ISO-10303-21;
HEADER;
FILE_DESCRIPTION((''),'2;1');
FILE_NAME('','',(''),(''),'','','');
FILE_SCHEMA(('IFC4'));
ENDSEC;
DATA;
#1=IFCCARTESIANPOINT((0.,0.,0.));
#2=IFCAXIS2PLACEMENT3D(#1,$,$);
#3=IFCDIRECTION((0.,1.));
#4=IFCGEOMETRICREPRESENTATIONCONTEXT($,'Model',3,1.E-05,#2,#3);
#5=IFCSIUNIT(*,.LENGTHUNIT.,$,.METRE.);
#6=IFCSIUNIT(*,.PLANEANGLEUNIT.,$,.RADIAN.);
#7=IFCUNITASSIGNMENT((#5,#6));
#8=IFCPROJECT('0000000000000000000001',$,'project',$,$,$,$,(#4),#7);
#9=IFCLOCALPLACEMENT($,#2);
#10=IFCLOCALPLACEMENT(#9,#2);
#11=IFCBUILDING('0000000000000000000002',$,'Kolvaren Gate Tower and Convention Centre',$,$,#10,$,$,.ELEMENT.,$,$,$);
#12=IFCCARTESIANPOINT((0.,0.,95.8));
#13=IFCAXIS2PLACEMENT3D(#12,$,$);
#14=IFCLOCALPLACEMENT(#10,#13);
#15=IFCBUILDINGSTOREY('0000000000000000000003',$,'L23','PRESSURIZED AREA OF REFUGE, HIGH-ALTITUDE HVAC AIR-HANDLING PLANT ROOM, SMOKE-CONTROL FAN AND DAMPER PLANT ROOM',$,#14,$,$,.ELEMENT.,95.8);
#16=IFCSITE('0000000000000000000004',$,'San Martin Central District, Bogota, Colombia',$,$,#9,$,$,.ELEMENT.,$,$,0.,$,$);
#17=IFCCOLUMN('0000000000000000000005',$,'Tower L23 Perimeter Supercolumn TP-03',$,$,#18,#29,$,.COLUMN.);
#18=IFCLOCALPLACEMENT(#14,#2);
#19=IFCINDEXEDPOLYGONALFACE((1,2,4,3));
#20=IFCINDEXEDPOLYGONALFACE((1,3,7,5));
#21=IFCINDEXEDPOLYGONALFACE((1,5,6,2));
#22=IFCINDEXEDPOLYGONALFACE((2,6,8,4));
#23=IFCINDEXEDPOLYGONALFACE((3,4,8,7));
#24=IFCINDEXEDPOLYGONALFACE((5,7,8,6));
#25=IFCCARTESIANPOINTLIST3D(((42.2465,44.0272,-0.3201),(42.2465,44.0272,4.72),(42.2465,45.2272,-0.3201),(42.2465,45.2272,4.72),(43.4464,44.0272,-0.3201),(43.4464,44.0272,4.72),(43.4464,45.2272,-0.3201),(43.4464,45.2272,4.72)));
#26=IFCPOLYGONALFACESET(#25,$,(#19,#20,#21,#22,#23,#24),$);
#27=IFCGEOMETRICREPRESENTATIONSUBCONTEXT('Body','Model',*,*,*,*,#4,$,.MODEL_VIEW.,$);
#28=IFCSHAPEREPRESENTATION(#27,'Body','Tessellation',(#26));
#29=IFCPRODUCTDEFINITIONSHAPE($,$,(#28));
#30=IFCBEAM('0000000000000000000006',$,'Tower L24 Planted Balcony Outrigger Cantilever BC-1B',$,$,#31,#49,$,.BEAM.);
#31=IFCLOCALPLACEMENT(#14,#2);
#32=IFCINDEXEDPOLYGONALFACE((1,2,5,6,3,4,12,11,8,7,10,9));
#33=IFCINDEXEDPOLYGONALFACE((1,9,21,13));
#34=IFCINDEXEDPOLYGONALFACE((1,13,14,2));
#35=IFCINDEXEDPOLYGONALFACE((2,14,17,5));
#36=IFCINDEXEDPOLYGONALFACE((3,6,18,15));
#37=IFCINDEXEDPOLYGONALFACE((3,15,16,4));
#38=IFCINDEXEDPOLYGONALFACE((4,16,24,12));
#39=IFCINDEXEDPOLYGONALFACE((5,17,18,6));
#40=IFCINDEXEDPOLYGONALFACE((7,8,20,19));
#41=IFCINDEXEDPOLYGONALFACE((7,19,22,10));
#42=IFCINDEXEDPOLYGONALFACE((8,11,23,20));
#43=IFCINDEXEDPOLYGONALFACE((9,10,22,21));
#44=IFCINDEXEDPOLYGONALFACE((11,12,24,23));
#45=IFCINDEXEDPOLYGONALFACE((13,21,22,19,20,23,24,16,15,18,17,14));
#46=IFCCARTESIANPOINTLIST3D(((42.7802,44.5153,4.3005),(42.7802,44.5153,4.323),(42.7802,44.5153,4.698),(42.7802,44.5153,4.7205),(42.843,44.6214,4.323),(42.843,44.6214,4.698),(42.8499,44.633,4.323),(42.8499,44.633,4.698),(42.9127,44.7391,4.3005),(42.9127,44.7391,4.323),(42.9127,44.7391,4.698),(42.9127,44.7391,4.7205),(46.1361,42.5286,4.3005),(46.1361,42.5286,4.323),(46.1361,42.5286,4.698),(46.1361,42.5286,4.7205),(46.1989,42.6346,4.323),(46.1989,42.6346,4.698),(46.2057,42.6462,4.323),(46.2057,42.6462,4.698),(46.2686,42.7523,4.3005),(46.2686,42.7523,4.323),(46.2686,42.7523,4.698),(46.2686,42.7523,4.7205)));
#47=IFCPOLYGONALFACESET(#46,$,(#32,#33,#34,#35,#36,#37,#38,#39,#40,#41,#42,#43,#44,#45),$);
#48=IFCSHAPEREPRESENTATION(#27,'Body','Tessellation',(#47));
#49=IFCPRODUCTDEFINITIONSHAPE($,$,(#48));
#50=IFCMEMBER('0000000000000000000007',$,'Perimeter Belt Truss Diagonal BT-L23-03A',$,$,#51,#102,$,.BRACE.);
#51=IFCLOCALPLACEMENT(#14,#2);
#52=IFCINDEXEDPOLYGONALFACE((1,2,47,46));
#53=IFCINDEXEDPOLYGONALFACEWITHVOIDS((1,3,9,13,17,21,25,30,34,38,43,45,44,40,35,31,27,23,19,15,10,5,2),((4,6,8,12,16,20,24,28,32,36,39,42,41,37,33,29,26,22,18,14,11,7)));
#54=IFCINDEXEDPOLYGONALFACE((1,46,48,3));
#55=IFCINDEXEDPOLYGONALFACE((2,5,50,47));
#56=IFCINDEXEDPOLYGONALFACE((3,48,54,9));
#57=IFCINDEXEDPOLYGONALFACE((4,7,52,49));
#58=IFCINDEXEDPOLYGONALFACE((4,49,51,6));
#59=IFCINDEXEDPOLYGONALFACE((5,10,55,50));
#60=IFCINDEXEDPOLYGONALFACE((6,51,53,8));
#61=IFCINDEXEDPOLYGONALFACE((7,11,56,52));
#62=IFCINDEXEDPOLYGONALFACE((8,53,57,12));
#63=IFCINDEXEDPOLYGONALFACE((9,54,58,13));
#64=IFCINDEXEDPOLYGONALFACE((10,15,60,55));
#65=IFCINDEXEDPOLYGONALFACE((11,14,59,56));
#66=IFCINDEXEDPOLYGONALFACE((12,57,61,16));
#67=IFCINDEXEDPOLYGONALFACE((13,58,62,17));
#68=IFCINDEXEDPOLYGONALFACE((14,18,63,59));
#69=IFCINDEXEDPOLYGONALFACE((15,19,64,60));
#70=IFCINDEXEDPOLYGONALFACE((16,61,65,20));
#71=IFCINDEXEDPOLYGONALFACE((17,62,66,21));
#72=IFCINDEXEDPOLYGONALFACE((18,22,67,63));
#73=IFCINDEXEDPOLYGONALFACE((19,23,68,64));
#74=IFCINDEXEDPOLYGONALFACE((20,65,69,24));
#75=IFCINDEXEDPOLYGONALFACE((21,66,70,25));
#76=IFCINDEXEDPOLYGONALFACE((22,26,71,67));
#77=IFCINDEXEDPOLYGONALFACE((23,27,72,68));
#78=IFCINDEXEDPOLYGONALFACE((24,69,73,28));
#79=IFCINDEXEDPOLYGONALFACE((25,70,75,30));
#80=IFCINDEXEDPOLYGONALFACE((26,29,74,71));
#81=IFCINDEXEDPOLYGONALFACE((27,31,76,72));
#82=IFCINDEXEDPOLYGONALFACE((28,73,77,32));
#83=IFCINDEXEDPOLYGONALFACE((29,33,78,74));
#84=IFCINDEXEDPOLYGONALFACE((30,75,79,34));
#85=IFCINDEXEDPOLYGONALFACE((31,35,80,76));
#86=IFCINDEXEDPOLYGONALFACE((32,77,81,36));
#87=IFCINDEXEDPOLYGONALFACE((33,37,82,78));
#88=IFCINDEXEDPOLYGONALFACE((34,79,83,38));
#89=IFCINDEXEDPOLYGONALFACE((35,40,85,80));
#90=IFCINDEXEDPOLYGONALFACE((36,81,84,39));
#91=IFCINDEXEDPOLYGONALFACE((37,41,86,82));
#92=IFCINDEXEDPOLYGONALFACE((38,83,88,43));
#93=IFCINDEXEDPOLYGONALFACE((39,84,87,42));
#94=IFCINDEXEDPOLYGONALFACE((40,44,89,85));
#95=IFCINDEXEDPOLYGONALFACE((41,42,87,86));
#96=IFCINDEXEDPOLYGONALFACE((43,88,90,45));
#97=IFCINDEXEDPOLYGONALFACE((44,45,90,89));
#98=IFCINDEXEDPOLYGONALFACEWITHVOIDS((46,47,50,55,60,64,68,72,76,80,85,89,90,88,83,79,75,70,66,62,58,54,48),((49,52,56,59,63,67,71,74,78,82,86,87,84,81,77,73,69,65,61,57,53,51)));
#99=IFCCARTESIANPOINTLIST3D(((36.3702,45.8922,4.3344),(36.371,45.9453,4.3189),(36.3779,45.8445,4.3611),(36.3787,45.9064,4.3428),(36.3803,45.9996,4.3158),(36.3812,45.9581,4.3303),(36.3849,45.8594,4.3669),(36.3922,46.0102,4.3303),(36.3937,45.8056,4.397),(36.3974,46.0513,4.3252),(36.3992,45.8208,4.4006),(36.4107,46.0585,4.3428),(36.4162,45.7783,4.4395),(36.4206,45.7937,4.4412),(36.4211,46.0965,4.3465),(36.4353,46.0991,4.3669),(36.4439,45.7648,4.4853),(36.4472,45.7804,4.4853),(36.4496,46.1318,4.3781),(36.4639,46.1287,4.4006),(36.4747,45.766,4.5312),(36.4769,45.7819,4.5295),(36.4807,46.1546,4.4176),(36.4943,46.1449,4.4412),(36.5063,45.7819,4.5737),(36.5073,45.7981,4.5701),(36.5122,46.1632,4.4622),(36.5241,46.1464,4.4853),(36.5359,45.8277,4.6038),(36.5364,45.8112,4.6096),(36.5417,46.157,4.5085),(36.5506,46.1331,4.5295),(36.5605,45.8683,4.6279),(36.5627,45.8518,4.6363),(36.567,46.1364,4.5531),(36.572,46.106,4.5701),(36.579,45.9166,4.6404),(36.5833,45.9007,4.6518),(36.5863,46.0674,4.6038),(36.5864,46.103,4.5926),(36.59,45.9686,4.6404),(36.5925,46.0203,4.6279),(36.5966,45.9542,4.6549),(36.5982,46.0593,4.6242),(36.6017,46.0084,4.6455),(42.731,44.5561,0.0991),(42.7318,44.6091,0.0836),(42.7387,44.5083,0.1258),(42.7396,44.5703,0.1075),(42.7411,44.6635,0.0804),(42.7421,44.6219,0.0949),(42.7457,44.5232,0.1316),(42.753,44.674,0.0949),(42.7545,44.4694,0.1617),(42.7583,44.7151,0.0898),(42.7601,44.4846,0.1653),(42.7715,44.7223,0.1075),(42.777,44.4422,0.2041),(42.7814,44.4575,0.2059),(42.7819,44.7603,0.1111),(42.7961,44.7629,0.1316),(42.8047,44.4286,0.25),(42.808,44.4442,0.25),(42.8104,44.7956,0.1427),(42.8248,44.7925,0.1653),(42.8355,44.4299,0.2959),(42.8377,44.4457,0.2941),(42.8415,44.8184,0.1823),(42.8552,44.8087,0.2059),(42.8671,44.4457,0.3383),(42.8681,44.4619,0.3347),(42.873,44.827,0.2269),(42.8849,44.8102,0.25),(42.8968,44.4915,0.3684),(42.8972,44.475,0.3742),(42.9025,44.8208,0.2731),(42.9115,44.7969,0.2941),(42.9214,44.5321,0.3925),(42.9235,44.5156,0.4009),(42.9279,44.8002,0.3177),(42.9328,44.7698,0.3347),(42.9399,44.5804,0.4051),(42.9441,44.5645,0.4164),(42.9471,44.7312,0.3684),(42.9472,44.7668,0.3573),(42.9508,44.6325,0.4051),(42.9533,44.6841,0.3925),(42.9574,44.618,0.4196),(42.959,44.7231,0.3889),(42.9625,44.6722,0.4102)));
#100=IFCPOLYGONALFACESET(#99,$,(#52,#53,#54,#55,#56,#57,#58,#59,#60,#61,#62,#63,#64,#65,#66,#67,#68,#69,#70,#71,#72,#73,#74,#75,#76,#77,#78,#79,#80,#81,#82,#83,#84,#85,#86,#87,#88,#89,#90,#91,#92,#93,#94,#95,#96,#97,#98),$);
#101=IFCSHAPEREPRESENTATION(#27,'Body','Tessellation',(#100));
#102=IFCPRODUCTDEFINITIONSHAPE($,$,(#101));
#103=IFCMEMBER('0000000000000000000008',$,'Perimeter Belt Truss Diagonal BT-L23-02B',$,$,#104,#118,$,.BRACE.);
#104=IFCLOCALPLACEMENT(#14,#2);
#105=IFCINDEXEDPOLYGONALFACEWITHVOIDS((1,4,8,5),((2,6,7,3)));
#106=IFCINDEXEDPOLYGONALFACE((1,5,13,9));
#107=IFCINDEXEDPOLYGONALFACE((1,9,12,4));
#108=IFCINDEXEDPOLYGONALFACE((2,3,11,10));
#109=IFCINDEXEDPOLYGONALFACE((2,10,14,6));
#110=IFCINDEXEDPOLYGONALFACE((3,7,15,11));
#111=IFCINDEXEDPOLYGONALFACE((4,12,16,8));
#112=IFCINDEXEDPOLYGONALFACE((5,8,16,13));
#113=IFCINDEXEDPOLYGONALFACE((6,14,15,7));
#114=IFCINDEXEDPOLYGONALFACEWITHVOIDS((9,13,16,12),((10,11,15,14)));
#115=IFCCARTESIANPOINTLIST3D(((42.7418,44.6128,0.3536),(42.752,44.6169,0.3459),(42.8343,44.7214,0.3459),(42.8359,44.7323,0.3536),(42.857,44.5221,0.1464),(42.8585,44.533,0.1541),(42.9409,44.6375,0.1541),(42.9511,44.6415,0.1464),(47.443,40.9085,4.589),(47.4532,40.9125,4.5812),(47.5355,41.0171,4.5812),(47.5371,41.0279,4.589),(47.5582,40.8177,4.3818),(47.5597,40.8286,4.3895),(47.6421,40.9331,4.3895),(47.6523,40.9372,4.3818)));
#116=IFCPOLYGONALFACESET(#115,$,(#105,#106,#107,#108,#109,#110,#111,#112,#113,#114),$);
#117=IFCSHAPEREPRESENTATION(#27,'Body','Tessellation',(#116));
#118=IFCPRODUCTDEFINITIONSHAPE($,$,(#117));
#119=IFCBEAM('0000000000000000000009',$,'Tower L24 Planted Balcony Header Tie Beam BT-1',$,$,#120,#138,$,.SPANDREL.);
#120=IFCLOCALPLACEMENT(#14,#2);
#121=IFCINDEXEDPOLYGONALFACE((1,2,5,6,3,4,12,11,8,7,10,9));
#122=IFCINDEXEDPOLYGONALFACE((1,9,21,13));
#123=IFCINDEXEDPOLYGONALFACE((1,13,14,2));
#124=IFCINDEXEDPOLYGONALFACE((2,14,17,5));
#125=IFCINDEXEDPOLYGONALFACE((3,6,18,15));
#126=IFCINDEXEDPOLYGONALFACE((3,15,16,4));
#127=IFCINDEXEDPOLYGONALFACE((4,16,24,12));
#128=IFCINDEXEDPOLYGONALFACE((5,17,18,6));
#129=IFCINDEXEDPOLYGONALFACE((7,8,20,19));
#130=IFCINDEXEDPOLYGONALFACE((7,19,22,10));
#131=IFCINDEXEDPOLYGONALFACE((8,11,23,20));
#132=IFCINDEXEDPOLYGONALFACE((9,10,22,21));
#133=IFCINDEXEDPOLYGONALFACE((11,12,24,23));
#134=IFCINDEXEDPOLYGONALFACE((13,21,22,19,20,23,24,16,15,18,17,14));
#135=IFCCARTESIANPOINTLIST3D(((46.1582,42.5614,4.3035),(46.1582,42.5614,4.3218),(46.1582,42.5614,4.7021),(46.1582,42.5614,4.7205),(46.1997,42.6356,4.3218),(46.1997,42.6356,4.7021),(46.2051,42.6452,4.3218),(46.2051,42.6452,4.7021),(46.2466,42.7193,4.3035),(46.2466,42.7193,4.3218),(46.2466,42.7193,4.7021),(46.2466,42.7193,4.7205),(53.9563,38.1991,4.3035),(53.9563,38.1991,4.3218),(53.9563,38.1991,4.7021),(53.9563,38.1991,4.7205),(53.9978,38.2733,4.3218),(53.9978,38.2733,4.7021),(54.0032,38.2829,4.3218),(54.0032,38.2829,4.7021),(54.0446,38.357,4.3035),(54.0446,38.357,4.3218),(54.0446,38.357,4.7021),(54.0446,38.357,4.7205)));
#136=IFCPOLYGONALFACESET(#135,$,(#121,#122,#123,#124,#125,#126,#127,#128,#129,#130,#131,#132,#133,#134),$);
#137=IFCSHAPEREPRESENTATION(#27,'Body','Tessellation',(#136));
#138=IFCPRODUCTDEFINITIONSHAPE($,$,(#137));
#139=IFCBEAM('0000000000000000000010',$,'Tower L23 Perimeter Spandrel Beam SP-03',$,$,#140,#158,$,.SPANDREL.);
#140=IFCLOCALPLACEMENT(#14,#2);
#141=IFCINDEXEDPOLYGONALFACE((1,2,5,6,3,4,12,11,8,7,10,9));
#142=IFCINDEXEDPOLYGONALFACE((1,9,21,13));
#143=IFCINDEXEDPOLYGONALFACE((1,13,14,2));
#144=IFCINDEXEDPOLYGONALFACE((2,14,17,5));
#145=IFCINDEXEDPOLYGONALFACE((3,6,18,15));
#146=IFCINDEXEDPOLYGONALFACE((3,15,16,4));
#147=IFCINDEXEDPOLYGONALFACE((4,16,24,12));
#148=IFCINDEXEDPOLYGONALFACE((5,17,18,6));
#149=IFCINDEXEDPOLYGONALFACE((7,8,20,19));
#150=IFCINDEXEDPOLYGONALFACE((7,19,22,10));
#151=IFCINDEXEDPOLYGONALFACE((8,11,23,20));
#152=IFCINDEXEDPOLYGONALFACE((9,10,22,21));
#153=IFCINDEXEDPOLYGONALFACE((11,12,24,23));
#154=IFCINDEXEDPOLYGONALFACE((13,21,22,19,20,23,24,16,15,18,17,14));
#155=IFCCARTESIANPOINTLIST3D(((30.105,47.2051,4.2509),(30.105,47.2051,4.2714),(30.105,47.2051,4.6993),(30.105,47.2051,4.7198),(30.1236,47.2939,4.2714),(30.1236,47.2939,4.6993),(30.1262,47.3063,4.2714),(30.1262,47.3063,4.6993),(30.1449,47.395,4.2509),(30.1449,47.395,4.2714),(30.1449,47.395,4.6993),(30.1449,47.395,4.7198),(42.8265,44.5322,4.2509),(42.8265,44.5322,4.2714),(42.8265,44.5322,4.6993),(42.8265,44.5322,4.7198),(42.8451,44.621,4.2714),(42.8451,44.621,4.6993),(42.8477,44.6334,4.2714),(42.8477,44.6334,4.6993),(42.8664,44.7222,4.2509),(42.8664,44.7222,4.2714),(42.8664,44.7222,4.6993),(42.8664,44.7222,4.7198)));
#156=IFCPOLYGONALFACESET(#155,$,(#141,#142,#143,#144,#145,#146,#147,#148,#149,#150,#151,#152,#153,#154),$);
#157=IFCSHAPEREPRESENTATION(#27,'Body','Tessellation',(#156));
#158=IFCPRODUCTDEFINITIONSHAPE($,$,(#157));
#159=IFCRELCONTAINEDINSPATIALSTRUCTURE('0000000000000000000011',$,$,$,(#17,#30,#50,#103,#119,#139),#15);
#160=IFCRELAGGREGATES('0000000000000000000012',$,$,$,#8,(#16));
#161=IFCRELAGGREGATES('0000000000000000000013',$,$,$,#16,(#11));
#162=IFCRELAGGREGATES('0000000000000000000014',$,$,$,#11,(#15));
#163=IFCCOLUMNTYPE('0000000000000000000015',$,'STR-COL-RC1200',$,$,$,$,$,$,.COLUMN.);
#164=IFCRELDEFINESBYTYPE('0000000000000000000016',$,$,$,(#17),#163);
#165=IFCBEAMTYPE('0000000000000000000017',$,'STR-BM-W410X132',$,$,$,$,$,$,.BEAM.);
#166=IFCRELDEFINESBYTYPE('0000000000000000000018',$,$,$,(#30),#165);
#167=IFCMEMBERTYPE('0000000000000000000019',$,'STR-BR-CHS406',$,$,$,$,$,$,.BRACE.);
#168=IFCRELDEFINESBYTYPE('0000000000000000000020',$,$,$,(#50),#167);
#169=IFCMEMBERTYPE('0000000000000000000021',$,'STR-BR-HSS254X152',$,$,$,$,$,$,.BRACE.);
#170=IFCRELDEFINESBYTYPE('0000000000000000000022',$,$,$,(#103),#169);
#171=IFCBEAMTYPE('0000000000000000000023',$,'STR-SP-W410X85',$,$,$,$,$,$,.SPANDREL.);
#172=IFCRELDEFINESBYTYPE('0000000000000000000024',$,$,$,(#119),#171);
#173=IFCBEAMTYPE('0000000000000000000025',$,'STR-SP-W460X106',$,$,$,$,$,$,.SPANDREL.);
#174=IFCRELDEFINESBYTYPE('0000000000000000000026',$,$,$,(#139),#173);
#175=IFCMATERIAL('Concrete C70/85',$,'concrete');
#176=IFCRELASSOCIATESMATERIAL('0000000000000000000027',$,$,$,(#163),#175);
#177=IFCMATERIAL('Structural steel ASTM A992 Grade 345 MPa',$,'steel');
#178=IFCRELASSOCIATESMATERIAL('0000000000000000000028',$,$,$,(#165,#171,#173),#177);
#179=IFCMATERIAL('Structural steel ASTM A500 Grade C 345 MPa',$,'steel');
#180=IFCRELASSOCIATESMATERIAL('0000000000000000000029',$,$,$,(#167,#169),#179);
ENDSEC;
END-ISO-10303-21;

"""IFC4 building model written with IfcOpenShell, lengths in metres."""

from ifc_helpers import new_model, si_unit, direction, frame, origin, origin_2d, place, context, subcontext, project, spatial, rectangle, hollow_rectangle, hollow_circle, i_section, extrude, material, material_profile, profile_set, type_object, element, save


model = new_model("IFC4")

# Units and contexts
model_context = context("Model", 3, precision=1e-05, world=origin(), true_north=direction((0.0, 1.0)))
body_context = subcontext(model_context, "Body", "Model", "MODEL_VIEW")
ifc_project = project(units=[si_unit("LENGTHUNIT", "METRE"), si_unit("PLANEANGLEUNIT", "RADIAN")], contexts=[model_context])

# Site, building, storey
site_placement = place(None, origin())
site = spatial("IfcSite", under=ifc_project, at=site_placement, Name="San Martin Central District, Bogota, Colombia", CompositionType="ELEMENT", RefElevation=0.0)
building_placement = place(site_placement, origin())
building = spatial("IfcBuilding", under=site, at=building_placement, Name="Kolvaren Gate Tower and Convention Centre", CompositionType="ELEMENT")
storey_placement = place(building_placement, frame((0.0, 0.0, 95.8)))
storey = spatial("IfcBuildingStorey", under=building, at=storey_placement, Name="L23", Description="PRESSURIZED AREA OF REFUGE, HIGH-ALTITUDE HVAC AIR-HANDLING PLANT ROOM, SMOKE-CONTROL FAN AND DAMPER PLANT ROOM", CompositionType="ELEMENT", Elevation=95.8)

# Column
ifc_material_1 = material(Name="Concrete C70/85", Category="concrete")
ifc_material_profile_1 = material_profile(ifc_material_1, rectangle(XDim=1.2, YDim=1.2, at=origin_2d()), Name="RC-COL-1200X1200")
ifc_profile_set_1 = profile_set([ifc_material_profile_1], Name="Concrete C70/85")
column_type = type_object("IfcColumnType", Name="STR-COL-RC1200", PredefinedType="COLUMN", material=ifc_profile_set_1)
column_placement = place(storey_placement, frame((42.8464, 44.6272, -0.3201), z_axis=(0.0, 0.0, 1.0), x_axis=(1.0, 0.0, 0.0)))
element("IfcColumn", 1, at=column_placement, inside=storey, type_object=column_type, Name="Tower L23 Perimeter Supercolumn TP-03", PredefinedType="COLUMN", context=body_context, shape_type="SweptSolid", body=[
    extrude(rectangle(XDim=1.2, YDim=1.2, at=origin_2d()), origin(), (0.0, 0.0, 1.0), 5.04),
])

# Beam
ifc_material_2 = material(Name="Structural steel ASTM A992 Grade 345 MPa", Category="steel")
ifc_material_profile_2 = material_profile(ifc_material_2, i_section(OverallWidth=0.26, OverallDepth=0.4199, WebThickness=0.0134, FlangeThickness=0.0225, at=origin_2d()), Name="W410X132")
ifc_profile_set_2 = profile_set([ifc_material_profile_2], Name="Structural steel ASTM A992 Grade 345 MPa")
beam_type_1 = type_object("IfcBeamType", Name="STR-BM-W410X132", PredefinedType="BEAM", material=ifc_profile_set_2)
beam_1_placement = place(storey_placement, frame((42.8464, 44.6272, 4.5105), z_axis=(0.860505, -0.509442, 0.0), x_axis=(0.509442, 0.860505, 0.0)))
element("IfcBeam", 2, at=beam_1_placement, inside=storey, type_object=beam_type_1, Name="Tower L24 Planted Balcony Outrigger Cantilever BC-1B", PredefinedType="BEAM", context=body_context, shape_type="SweptSolid", body=[
    extrude(i_section(OverallWidth=0.26, OverallDepth=0.4199, WebThickness=0.0134, FlangeThickness=0.0225, at=origin_2d()), origin(), (0.0, 0.0, 1.0), 3.8999),
])

# Members
ifc_material_3 = material(Name="Structural steel ASTM A500 Grade C 345 MPa", Category="steel")
ifc_material_profile_3 = material_profile(ifc_material_3, hollow_circle(Radius=0.2029, WallThickness=0.0159, at=origin_2d()), Name="CHS406X15.9")
ifc_profile_set_3 = profile_set([ifc_material_profile_3], Name="Structural steel ASTM A500 Grade C 345 MPa")
member_type_1 = type_object("IfcMemberType", Name="STR-BR-CHS406", PredefinedType="BRACE", material=ifc_profile_set_3)
member_1_placement = place(storey_placement, frame((42.8464, 44.6272, 0.25), z_axis=(-0.819926, 0.172237, 0.545946), x_axis=(-0.205577, -0.978641, 0.0)))
element("IfcMember", 3, at=member_1_placement, inside=storey, type_object=member_type_1, Name="Perimeter Belt Truss Diagonal BT-L23-03A", PredefinedType="BRACE", context=body_context, shape_type="SweptSolid", body=[
    extrude(hollow_circle(Radius=0.2029, WallThickness=0.0159, at=origin_2d()), origin(), (0.0, 0.0, 1.0), 7.7578),
])
ifc_material_profile_4 = material_profile(ifc_material_3, hollow_rectangle(XDim=0.1521, YDim=0.2539, WallThickness=0.0095, at=origin_2d()), Name="HSS254X152X9.5")
ifc_profile_set_4 = profile_set([ifc_material_profile_4], Name="Structural steel ASTM A500 Grade C 345 MPa")
member_type_2 = type_object("IfcMemberType", Name="STR-BR-HSS254X152", PredefinedType="BRACE", material=ifc_profile_set_4)
member_2_placement = place(storey_placement, frame((42.8464, 44.6272, 0.25), z_axis=(0.641167, -0.505215, 0.577636), x_axis=(0.618913, 0.78546, 0.0)))
element("IfcMember", 4, at=member_2_placement, inside=storey, type_object=member_type_2, Name="Perimeter Belt Truss Diagonal BT-L23-02B", PredefinedType="BRACE", context=body_context, shape_type="SweptSolid", body=[
    extrude(hollow_rectangle(XDim=0.1521, YDim=0.2539, WallThickness=0.0095, at=origin_2d()), origin(), (0.0, 0.0, 1.0), 7.3323),
])

# Beams
ifc_material_profile_5 = material_profile(ifc_material_2, i_section(OverallWidth=0.1809, OverallDepth=0.417, WebThickness=0.011, FlangeThickness=0.0183, at=origin_2d()), Name="W410X85")
ifc_profile_set_5 = profile_set([ifc_material_profile_5], Name="Structural steel ASTM A992 Grade 345 MPa")
beam_type_2 = type_object("IfcBeamType", Name="STR-SP-W410X85", PredefinedType="SPANDREL", material=ifc_profile_set_5)
beam_2_placement = place(storey_placement, frame((54.0005, 38.2781, 4.512), z_axis=(-0.872727, 0.488209, 0.0), x_axis=(-0.488209, -0.872727, 0.0)))
element("IfcBeam", 5, at=beam_2_placement, inside=storey, type_object=beam_type_2, Name="Tower L24 Planted Balcony Header Tie Beam BT-1", PredefinedType="SPANDREL", context=body_context, shape_type="SweptSolid", body=[
    extrude(i_section(OverallWidth=0.1809, OverallDepth=0.417, WebThickness=0.011, FlangeThickness=0.0183, at=origin_2d()), origin(), (0.0, 0.0, 1.0), 8.9353),
])
ifc_material_profile_6 = material_profile(ifc_material_2, i_section(OverallWidth=0.1941, OverallDepth=0.469, WebThickness=0.0127, FlangeThickness=0.0205, at=origin_2d()), Name="W460X106")
ifc_profile_set_6 = profile_set([ifc_material_profile_6], Name="Structural steel ASTM A992 Grade 345 MPa")
beam_type_3 = type_object("IfcBeamType", Name="STR-SP-W460X106", PredefinedType="SPANDREL", material=ifc_profile_set_6)
beam_3_placement = place(storey_placement, frame((42.8464, 44.6272, 4.4854), z_axis=(-0.978633, 0.205617, 0.0), x_axis=(-0.205617, -0.978633, 0.0)))
element("IfcBeam", 6, at=beam_3_placement, inside=storey, type_object=beam_type_3, Name="Tower L23 Perimeter Spandrel Beam SP-03", PredefinedType="SPANDREL", context=body_context, shape_type="SweptSolid", body=[
    extrude(i_section(OverallWidth=0.1941, OverallDepth=0.469, WebThickness=0.0127, FlangeThickness=0.0205, at=origin_2d()), origin(), (0.0, 0.0, 1.0), 12.9993),
])

save(model, "model.ifc")
